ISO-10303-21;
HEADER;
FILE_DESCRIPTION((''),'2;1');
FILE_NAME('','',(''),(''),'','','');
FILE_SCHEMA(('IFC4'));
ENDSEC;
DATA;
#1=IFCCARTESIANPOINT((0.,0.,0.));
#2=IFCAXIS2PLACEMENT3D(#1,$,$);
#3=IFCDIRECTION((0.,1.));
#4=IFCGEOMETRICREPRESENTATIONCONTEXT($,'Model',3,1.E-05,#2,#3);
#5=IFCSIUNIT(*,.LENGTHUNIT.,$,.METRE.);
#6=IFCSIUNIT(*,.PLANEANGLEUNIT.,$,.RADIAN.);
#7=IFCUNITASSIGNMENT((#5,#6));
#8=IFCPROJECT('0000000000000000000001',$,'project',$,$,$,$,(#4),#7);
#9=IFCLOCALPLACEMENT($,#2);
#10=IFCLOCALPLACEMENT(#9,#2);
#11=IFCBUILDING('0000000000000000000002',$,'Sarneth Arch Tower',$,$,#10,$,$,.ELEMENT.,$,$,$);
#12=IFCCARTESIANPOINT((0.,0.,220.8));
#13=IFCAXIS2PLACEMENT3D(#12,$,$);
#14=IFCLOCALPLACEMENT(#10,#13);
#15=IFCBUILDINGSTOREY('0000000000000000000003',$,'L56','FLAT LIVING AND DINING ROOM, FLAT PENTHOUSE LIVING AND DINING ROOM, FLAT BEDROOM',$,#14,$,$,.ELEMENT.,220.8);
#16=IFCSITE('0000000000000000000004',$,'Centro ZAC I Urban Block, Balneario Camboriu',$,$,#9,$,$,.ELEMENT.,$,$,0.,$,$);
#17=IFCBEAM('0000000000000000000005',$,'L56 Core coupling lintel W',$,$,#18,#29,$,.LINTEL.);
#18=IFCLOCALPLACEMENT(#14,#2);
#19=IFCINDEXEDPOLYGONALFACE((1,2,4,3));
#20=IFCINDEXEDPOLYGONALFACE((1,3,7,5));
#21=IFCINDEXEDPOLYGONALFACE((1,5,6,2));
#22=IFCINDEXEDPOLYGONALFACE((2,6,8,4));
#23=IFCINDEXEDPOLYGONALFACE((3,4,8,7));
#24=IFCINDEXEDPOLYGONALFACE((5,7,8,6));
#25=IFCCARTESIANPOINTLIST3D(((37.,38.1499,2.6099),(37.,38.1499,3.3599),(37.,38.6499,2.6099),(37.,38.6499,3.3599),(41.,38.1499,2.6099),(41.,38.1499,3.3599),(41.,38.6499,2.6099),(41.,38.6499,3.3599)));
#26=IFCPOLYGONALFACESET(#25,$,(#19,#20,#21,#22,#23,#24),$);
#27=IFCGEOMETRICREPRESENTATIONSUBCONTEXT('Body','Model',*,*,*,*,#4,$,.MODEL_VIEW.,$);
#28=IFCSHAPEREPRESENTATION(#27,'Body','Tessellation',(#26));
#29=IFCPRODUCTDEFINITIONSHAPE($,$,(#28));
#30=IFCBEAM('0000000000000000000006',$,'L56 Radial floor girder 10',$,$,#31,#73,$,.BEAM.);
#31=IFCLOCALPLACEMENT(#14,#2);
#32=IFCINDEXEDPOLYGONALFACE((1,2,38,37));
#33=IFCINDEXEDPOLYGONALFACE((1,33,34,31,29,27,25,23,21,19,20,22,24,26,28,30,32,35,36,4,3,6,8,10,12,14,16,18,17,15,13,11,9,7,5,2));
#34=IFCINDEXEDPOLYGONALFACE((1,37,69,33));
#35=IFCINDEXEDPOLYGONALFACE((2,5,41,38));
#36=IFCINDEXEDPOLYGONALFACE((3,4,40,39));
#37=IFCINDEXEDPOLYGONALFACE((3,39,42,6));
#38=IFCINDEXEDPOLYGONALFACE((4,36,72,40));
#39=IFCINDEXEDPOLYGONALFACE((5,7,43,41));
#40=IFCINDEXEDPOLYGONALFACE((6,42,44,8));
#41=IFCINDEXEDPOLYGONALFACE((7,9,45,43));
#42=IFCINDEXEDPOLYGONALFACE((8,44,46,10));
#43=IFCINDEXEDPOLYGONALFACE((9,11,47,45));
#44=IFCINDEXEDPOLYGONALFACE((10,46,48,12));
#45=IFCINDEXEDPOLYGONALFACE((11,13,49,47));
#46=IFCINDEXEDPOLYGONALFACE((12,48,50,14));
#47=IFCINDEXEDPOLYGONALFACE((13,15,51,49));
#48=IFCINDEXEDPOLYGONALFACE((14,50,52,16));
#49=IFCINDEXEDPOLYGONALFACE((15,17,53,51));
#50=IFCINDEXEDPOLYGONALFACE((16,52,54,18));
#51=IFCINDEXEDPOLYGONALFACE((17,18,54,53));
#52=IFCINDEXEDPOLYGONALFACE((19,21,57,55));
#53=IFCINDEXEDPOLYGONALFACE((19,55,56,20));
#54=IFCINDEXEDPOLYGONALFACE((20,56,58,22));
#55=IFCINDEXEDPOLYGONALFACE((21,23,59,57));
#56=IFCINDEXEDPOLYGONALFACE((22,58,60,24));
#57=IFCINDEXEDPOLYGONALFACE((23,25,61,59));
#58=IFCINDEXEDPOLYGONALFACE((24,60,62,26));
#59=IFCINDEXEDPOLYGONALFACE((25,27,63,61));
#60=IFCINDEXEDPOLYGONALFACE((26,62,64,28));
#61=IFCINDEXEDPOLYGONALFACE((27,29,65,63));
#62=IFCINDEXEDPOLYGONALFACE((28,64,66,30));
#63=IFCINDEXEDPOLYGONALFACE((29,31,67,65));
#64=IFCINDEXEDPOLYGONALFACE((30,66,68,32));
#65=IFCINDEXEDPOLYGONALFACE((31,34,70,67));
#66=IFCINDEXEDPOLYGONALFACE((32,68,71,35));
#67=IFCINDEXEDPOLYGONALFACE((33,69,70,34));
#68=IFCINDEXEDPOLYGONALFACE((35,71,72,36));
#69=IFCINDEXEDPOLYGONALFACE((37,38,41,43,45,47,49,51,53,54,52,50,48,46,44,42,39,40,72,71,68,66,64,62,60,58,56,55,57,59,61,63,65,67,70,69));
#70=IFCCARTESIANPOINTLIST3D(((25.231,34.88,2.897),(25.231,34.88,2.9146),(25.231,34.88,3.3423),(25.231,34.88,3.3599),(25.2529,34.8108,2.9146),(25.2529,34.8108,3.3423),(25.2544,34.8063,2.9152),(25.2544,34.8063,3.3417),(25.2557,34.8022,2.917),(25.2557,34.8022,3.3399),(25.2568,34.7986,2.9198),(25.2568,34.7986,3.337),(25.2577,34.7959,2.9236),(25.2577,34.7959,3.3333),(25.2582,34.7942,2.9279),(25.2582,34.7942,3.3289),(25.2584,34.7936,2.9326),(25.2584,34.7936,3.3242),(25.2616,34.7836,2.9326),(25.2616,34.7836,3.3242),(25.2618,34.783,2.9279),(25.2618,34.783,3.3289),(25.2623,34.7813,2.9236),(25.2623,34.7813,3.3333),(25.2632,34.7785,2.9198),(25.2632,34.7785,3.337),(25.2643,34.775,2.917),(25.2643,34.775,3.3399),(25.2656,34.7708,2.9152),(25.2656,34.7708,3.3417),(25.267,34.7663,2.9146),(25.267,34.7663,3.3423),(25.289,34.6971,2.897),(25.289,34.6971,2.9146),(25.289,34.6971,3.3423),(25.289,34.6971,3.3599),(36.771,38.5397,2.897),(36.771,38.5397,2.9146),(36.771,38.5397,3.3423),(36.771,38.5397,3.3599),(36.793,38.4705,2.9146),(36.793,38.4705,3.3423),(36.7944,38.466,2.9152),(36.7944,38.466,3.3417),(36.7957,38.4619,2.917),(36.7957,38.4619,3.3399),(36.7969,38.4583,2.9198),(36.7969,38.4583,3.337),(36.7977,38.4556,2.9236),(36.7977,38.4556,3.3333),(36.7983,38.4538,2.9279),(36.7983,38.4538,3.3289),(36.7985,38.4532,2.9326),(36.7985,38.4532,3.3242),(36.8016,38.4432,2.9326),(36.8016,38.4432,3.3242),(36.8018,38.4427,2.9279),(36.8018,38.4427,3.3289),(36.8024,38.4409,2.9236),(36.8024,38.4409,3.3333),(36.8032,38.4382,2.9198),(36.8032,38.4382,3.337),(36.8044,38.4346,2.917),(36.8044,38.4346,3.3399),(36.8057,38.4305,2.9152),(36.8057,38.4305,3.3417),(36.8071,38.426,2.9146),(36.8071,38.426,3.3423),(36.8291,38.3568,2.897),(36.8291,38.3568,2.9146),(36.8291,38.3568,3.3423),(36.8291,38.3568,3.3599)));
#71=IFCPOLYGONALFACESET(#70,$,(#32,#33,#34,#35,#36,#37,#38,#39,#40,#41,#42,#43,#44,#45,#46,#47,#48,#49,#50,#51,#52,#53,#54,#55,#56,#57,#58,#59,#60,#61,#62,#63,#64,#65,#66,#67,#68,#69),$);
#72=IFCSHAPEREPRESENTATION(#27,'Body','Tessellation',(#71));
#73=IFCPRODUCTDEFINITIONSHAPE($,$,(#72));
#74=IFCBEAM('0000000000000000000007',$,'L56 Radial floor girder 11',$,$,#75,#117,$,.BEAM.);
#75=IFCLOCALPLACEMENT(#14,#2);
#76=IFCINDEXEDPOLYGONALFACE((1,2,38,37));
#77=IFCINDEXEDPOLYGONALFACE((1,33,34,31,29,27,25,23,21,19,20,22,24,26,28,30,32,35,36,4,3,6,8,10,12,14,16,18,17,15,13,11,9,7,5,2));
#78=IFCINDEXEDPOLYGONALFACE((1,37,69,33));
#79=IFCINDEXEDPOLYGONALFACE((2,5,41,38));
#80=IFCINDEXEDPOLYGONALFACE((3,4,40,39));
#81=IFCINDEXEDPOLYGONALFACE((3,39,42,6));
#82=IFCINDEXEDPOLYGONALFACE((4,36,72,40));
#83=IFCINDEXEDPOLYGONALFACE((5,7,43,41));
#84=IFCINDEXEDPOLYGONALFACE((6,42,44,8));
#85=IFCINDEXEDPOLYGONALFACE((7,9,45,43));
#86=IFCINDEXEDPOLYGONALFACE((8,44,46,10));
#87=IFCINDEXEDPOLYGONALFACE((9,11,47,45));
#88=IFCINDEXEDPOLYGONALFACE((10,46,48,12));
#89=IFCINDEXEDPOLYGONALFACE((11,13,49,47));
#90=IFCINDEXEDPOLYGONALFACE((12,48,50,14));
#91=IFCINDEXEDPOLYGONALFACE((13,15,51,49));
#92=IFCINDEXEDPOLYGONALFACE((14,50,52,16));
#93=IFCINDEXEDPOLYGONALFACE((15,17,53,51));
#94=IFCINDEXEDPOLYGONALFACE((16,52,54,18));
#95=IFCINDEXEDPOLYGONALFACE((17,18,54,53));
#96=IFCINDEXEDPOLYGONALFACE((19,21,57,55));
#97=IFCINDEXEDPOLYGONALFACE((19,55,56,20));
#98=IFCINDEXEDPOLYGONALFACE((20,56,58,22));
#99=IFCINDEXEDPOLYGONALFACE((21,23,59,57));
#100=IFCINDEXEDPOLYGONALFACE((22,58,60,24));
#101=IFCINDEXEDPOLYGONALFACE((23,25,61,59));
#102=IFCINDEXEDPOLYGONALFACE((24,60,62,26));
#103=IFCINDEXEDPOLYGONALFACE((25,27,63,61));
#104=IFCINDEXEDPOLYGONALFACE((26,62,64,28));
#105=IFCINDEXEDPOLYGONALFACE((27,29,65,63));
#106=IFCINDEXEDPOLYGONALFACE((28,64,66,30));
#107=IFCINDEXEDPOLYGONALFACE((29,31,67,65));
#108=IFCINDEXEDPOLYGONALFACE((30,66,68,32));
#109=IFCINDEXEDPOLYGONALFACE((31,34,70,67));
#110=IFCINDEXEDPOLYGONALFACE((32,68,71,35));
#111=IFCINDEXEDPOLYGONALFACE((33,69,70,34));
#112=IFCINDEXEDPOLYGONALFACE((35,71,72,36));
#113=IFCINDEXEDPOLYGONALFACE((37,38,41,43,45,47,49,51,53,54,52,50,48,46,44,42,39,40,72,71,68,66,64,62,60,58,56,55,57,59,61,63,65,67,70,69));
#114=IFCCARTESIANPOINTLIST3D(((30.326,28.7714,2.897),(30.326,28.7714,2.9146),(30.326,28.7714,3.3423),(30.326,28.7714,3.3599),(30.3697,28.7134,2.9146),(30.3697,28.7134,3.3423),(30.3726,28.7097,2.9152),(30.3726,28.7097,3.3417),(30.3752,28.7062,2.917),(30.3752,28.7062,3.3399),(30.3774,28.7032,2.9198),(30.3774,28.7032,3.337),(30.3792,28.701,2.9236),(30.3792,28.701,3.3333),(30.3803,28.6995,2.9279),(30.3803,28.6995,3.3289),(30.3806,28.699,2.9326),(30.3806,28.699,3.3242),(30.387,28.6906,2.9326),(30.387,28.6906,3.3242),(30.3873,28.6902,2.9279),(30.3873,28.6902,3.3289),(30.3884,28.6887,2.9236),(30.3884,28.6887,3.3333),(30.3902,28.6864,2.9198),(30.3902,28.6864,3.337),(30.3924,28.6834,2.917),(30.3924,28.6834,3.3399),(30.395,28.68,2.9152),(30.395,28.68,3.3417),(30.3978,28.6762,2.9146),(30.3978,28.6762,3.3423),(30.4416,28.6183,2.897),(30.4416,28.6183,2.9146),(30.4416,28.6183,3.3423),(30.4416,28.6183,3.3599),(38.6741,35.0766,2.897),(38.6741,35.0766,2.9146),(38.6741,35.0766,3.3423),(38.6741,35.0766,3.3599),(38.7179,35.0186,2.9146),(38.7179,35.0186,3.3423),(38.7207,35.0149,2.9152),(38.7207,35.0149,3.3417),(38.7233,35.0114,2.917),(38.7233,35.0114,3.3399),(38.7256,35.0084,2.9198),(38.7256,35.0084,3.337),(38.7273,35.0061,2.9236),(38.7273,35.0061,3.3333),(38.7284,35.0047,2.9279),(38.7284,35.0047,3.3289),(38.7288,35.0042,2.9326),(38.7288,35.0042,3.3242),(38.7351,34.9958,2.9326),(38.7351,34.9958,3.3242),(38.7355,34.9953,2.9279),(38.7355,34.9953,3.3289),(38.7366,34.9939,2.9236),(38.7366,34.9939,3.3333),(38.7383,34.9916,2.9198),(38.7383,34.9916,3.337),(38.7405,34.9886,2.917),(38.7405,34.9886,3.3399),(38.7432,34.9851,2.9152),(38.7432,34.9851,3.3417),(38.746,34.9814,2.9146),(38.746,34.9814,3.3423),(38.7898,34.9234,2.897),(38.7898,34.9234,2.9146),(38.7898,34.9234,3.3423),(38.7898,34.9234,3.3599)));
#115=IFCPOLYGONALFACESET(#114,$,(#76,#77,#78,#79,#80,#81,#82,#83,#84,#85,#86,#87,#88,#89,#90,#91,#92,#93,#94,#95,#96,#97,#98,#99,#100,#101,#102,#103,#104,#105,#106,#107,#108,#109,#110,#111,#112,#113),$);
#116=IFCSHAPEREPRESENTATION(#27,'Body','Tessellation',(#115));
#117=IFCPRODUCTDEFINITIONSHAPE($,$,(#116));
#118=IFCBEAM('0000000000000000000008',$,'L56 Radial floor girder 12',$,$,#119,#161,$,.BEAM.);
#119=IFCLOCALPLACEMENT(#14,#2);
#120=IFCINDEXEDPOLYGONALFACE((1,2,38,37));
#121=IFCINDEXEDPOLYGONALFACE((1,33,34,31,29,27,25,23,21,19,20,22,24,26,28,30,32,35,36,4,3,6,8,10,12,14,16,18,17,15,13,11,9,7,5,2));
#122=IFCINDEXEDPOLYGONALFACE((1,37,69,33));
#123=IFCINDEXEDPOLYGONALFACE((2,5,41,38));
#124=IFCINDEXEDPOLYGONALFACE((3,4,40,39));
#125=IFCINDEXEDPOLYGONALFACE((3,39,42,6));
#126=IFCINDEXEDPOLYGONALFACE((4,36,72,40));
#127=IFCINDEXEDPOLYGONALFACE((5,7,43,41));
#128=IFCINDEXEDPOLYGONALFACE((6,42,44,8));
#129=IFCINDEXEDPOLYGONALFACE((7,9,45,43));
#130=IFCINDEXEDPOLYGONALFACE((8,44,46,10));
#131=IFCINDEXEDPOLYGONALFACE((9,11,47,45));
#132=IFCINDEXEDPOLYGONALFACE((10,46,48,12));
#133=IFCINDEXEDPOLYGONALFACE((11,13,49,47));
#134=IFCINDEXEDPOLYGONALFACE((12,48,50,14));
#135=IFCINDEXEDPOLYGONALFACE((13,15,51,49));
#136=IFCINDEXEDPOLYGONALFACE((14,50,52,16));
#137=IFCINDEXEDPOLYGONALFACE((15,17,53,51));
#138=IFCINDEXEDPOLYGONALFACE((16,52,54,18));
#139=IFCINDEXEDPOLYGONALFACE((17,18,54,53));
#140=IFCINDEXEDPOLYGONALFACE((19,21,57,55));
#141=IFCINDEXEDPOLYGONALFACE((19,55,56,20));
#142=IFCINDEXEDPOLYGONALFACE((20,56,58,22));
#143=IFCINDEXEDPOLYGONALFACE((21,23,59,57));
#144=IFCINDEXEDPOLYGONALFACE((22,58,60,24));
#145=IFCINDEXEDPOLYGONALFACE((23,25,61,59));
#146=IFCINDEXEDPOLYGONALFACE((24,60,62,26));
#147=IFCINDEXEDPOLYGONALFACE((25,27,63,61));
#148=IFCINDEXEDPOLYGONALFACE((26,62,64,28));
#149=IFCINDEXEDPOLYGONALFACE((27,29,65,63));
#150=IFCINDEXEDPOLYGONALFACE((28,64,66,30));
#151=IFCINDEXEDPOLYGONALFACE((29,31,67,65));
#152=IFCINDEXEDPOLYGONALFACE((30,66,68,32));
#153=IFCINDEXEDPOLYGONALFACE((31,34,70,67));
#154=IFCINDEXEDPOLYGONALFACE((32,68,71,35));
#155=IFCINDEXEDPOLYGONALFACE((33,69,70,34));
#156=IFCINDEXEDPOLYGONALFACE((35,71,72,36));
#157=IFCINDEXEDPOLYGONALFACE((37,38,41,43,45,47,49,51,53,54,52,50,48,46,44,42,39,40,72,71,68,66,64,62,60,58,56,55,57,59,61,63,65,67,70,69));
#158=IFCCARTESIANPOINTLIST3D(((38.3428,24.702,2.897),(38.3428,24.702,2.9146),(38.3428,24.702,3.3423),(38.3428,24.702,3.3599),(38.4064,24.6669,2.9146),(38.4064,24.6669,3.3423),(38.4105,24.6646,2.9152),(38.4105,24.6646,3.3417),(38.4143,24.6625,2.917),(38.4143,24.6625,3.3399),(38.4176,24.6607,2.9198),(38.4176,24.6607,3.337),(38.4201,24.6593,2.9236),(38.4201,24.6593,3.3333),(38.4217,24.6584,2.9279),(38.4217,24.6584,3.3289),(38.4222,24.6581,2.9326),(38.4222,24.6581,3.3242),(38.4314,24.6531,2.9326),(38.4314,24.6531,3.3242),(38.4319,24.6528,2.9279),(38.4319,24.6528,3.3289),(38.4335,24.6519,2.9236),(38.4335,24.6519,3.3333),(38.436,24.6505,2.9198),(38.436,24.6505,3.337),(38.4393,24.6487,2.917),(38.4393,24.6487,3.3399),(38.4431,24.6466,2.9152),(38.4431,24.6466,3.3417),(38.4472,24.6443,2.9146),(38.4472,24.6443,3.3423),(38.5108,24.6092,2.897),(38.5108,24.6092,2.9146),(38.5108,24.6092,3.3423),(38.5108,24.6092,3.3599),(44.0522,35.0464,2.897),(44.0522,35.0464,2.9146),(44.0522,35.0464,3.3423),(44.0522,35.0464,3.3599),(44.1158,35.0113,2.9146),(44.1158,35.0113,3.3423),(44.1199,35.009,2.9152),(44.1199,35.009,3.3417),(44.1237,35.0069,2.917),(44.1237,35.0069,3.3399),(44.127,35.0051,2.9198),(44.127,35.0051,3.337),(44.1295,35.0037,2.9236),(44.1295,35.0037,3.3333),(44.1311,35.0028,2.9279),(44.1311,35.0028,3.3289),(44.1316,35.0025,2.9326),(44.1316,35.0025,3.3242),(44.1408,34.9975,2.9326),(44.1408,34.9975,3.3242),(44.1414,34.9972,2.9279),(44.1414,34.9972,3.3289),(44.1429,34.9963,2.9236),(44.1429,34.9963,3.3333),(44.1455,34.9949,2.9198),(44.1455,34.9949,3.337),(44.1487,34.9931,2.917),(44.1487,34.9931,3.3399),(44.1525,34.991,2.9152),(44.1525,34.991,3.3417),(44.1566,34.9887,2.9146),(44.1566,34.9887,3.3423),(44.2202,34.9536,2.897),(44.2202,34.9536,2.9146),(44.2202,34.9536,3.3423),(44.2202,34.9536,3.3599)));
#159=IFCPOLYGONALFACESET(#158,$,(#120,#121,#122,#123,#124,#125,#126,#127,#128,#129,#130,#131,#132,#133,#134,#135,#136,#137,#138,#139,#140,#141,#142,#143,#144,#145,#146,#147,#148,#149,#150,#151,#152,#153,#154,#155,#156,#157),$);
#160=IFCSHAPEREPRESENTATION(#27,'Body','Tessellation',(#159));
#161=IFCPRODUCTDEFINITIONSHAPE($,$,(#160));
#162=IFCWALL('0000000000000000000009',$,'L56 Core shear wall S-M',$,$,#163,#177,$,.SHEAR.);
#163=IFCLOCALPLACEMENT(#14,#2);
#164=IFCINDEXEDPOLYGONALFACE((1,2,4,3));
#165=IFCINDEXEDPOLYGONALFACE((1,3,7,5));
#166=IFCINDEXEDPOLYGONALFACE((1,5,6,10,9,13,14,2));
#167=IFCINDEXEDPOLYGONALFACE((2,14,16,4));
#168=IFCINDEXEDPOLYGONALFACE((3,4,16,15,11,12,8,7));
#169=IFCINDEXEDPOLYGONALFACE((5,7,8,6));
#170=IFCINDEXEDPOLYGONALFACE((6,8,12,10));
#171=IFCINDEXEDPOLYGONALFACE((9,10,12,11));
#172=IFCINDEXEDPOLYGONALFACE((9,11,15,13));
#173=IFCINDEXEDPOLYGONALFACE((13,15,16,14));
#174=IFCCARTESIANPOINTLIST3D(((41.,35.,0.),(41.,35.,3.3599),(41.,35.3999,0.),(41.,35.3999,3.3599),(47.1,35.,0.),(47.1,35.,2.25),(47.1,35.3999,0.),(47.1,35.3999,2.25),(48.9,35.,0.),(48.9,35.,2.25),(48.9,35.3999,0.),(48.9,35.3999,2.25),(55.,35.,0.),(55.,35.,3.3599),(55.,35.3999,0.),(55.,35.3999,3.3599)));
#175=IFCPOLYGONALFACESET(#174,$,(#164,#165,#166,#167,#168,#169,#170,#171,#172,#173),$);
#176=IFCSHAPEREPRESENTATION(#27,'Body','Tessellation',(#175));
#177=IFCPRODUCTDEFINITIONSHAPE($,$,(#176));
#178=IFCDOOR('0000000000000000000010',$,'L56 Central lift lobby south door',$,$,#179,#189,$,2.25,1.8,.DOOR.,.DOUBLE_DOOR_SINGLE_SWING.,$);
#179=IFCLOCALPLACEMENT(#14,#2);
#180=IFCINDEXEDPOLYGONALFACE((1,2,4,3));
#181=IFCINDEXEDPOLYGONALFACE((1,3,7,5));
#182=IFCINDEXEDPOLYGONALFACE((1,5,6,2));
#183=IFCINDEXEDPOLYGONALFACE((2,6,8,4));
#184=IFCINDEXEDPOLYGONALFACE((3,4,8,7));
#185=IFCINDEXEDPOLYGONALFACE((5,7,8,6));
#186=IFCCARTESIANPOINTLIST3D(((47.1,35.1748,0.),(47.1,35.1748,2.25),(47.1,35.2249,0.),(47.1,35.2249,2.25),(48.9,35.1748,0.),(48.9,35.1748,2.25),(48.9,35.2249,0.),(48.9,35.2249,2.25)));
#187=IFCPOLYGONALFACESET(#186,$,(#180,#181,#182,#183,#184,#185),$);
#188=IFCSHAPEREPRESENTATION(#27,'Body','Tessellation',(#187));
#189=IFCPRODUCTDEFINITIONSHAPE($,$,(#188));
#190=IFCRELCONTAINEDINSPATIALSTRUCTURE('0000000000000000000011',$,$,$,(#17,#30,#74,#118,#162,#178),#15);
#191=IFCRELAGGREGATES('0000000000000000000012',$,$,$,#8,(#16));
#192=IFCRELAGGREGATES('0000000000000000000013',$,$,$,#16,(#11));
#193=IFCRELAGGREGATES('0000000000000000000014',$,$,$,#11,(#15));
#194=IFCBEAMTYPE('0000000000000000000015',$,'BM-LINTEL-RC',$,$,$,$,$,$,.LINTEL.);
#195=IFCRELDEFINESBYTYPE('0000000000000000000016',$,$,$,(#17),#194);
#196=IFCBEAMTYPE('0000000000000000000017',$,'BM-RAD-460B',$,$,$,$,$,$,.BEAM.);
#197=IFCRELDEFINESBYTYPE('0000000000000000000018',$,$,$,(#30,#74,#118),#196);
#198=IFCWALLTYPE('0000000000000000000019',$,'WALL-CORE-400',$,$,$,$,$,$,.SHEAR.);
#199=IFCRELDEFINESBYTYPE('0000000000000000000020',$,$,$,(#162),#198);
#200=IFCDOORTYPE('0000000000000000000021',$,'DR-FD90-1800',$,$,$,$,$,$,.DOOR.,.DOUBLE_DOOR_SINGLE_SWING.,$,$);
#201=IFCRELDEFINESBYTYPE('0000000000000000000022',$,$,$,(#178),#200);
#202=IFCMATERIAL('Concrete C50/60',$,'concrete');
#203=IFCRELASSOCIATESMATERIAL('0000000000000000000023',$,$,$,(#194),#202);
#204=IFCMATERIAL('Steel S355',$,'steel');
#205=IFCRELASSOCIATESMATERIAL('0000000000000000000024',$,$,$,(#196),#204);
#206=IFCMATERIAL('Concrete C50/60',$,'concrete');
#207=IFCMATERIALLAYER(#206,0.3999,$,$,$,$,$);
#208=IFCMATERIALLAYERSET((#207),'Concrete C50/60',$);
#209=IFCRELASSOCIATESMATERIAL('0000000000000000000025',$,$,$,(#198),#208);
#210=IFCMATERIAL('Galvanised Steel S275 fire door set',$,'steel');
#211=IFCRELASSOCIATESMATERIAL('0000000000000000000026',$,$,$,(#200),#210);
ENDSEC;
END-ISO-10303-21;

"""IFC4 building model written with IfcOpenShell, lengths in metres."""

from ifc_helpers import new_model, si_unit, direction, frame, frame_2d, origin, origin_2d, place, context, subcontext, project, spatial, rectangle, i_section, extrude, material, layer, layer_set, material_profile, profile_set, type_object, element, fill, save


model = new_model("IFC4")

# Units and contexts
model_context = context("Model", 3, precision=1e-05, world=origin(), true_north=direction((0.0, 1.0)))
body_context = subcontext(model_context, "Body", "Model", "MODEL_VIEW")
ifc_project = project(units=[si_unit("LENGTHUNIT", "METRE"), si_unit("PLANEANGLEUNIT", "RADIAN")], contexts=[model_context])

# Site, building, storey
site_placement = place(None, origin())
site = spatial("IfcSite", under=ifc_project, at=site_placement, Name="Centro ZAC I Urban Block, Balneario Camboriu", CompositionType="ELEMENT", RefElevation=0.0)
building_placement = place(site_placement, origin())
building = spatial("IfcBuilding", under=site, at=building_placement, Name="Sarneth Arch Tower", CompositionType="ELEMENT")
storey_placement = place(building_placement, frame((0.0, 0.0, 220.8)))
storey = spatial("IfcBuildingStorey", under=building, at=storey_placement, Name="L56", Description="FLAT LIVING AND DINING ROOM, FLAT PENTHOUSE LIVING AND DINING ROOM, FLAT BEDROOM", CompositionType="ELEMENT", Elevation=220.8)

# Beams
ifc_material_1 = material(Name="Concrete C50/60", Category="concrete")
ifc_material_profile_1 = material_profile(ifc_material_1, rectangle(XDim=0.5, YDim=0.75, at=origin_2d()), Name="RC-500x750")
ifc_profile_set_1 = profile_set([ifc_material_profile_1], Name="Concrete C50/60")
beam_type_1 = type_object("IfcBeamType", Name="BM-LINTEL-RC", PredefinedType="LINTEL", material=ifc_profile_set_1)
beam_1_placement = place(storey_placement, frame((37.0, 38.3999, 2.9849), z_axis=(1.0, 0.0, 0.0), x_axis=(0.0, 1.0, 0.0)))
element("IfcBeam", 1, at=beam_1_placement, inside=storey, type_object=beam_type_1, Name="L56 Core coupling lintel W", PredefinedType="LINTEL", context=body_context, shape_type="SweptSolid", body=[
    extrude(rectangle(XDim=0.5, YDim=0.75, at=origin_2d()), origin(), (0.0, 0.0, 1.0), 4.0),
])
ifc_material_2 = material(Name="Steel S355", Category="steel")
ifc_material_profile_2 = material_profile(ifc_material_2, i_section(OverallWidth=0.1919, OverallDepth=0.4629, WebThickness=0.0105, FlangeThickness=0.0176, FilletRadius=0.0181, at=origin_2d()), Name="W460x89")
ifc_profile_set_2 = profile_set([ifc_material_profile_2], Name="Steel S355")
beam_type_2 = type_object("IfcBeamType", Name="BM-RAD-460B", PredefinedType="BEAM", material=ifc_profile_set_2)
beam_2_placement = place(storey_placement, frame((36.8, 38.4482, 3.1284), z_axis=(-0.953216, -0.302291, 0.0), x_axis=(0.302291, -0.953216, 0.0)))
element("IfcBeam", 2, at=beam_2_placement, inside=storey, type_object=beam_type_2, Name="L56 Radial floor girder 10", PredefinedType="BEAM", context=body_context, shape_type="SweptSolid", body=[
    extrude(i_section(OverallWidth=0.1919, OverallDepth=0.4629, WebThickness=0.0105, FlangeThickness=0.0176, FilletRadius=0.0181, at=origin_2d()), origin(), (0.0, 0.0, 1.0), 12.1064),
])
beam_3_placement = place(storey_placement, frame((38.7319, 35.0, 3.1284), z_axis=(-0.797974, -0.602692, 0.0), x_axis=(0.602692, -0.797974, 0.0)))
element("IfcBeam", 3, at=beam_3_placement, inside=storey, type_object=beam_type_2, Name="L56 Radial floor girder 11", PredefinedType="BEAM", context=body_context, shape_type="SweptSolid", body=[
    extrude(i_section(OverallWidth=0.1919, OverallDepth=0.4629, WebThickness=0.0105, FlangeThickness=0.0176, FilletRadius=0.0181, at=origin_2d()), origin(), (0.0, 0.0, 1.0), 10.4617),
])
beam_4_placement = place(storey_placement, frame((44.1362, 35.0, 3.1284), z_axis=(-0.483218, -0.8755, 0.0), x_axis=(0.8755, -0.483218, 0.0)))
element("IfcBeam", 4, at=beam_4_placement, inside=storey, type_object=beam_type_2, Name="L56 Radial floor girder 12", PredefinedType="BEAM", context=body_context, shape_type="SweptSolid", body=[
    extrude(i_section(OverallWidth=0.1919, OverallDepth=0.4629, WebThickness=0.0105, FlangeThickness=0.0176, FilletRadius=0.0181, at=origin_2d()), origin(), (0.0, 0.0, 1.0), 11.8154),
])

# Wall, opening, door
ifc_material_3 = material(Name="Concrete C50/60", Category="concrete")
ifc_layer_1 = layer(ifc_material_3, 0.3999)
ifc_layer_set_1 = layer_set([ifc_layer_1], Name="Concrete C50/60")
wall_type_1 = type_object("IfcWallType", Name="WALL-CORE-400", PredefinedType="SHEAR", material=ifc_layer_set_1)
wall_1_placement = place(storey_placement, frame((41.0, 35.2, 0.0), z_axis=(0.0, 0.0, 1.0), x_axis=(1.0, 0.0, 0.0)))
wall_1 = element("IfcWall", 5, at=wall_1_placement, inside=storey, type_object=wall_type_1, Name="L56 Core shear wall S-M", PredefinedType="SHEAR", context=body_context, shape_type="SweptSolid", body=[
    extrude(rectangle(XDim=14.0, YDim=0.3999, at=frame_2d((7.0, 0.0))), origin(), (0.0, 0.0, 1.0), 3.3599),
])
opening_1_placement = place(wall_1_placement, frame((6.1001, 0.0, 0.0)))
opening_1 = element("IfcOpeningElement", 6, at=opening_1_placement, cuts=wall_1, PredefinedType="OPENING", context=body_context, shape_type="SweptSolid", body=[
    extrude(rectangle(XDim=1.8, YDim=2.25, at=frame_2d((0.8999, 1.125))), frame((0.0, 0.21, 0.0), z_axis=(0.0, -1.0, 0.0), x_axis=(1.0, 0.0, 0.0)), (0.0, 0.0, 1.0), 0.4199),
])
ifc_material_4 = material(Name="Galvanised Steel S275 fire door set", Category="steel")
door_type_1 = type_object("IfcDoorType", Name="DR-FD90-1800", OperationType="DOUBLE_DOOR_SINGLE_SWING", PredefinedType="DOOR", material=ifc_material_4)
door_1_placement = place(opening_1_placement, origin())
door_1 = element("IfcDoor", 7, at=door_1_placement, inside=storey, type_object=door_type_1, Name="L56 Central lift lobby south door", OperationType="DOUBLE_DOOR_SINGLE_SWING", OverallHeight=2.25, OverallWidth=1.8, PredefinedType="DOOR", context=body_context, shape_type="SweptSolid", body=[
    extrude(rectangle(XDim=1.8, YDim=2.25, at=frame_2d((0.8999, 1.125))), frame((0.0, 0.0249, 0.0), z_axis=(0.0, -1.0, 0.0), x_axis=(1.0, 0.0, 0.0)), (0.0, 0.0, 1.0), 0.05),
])
fill(opening_1, door_1)

save(model, "model.ifc")
